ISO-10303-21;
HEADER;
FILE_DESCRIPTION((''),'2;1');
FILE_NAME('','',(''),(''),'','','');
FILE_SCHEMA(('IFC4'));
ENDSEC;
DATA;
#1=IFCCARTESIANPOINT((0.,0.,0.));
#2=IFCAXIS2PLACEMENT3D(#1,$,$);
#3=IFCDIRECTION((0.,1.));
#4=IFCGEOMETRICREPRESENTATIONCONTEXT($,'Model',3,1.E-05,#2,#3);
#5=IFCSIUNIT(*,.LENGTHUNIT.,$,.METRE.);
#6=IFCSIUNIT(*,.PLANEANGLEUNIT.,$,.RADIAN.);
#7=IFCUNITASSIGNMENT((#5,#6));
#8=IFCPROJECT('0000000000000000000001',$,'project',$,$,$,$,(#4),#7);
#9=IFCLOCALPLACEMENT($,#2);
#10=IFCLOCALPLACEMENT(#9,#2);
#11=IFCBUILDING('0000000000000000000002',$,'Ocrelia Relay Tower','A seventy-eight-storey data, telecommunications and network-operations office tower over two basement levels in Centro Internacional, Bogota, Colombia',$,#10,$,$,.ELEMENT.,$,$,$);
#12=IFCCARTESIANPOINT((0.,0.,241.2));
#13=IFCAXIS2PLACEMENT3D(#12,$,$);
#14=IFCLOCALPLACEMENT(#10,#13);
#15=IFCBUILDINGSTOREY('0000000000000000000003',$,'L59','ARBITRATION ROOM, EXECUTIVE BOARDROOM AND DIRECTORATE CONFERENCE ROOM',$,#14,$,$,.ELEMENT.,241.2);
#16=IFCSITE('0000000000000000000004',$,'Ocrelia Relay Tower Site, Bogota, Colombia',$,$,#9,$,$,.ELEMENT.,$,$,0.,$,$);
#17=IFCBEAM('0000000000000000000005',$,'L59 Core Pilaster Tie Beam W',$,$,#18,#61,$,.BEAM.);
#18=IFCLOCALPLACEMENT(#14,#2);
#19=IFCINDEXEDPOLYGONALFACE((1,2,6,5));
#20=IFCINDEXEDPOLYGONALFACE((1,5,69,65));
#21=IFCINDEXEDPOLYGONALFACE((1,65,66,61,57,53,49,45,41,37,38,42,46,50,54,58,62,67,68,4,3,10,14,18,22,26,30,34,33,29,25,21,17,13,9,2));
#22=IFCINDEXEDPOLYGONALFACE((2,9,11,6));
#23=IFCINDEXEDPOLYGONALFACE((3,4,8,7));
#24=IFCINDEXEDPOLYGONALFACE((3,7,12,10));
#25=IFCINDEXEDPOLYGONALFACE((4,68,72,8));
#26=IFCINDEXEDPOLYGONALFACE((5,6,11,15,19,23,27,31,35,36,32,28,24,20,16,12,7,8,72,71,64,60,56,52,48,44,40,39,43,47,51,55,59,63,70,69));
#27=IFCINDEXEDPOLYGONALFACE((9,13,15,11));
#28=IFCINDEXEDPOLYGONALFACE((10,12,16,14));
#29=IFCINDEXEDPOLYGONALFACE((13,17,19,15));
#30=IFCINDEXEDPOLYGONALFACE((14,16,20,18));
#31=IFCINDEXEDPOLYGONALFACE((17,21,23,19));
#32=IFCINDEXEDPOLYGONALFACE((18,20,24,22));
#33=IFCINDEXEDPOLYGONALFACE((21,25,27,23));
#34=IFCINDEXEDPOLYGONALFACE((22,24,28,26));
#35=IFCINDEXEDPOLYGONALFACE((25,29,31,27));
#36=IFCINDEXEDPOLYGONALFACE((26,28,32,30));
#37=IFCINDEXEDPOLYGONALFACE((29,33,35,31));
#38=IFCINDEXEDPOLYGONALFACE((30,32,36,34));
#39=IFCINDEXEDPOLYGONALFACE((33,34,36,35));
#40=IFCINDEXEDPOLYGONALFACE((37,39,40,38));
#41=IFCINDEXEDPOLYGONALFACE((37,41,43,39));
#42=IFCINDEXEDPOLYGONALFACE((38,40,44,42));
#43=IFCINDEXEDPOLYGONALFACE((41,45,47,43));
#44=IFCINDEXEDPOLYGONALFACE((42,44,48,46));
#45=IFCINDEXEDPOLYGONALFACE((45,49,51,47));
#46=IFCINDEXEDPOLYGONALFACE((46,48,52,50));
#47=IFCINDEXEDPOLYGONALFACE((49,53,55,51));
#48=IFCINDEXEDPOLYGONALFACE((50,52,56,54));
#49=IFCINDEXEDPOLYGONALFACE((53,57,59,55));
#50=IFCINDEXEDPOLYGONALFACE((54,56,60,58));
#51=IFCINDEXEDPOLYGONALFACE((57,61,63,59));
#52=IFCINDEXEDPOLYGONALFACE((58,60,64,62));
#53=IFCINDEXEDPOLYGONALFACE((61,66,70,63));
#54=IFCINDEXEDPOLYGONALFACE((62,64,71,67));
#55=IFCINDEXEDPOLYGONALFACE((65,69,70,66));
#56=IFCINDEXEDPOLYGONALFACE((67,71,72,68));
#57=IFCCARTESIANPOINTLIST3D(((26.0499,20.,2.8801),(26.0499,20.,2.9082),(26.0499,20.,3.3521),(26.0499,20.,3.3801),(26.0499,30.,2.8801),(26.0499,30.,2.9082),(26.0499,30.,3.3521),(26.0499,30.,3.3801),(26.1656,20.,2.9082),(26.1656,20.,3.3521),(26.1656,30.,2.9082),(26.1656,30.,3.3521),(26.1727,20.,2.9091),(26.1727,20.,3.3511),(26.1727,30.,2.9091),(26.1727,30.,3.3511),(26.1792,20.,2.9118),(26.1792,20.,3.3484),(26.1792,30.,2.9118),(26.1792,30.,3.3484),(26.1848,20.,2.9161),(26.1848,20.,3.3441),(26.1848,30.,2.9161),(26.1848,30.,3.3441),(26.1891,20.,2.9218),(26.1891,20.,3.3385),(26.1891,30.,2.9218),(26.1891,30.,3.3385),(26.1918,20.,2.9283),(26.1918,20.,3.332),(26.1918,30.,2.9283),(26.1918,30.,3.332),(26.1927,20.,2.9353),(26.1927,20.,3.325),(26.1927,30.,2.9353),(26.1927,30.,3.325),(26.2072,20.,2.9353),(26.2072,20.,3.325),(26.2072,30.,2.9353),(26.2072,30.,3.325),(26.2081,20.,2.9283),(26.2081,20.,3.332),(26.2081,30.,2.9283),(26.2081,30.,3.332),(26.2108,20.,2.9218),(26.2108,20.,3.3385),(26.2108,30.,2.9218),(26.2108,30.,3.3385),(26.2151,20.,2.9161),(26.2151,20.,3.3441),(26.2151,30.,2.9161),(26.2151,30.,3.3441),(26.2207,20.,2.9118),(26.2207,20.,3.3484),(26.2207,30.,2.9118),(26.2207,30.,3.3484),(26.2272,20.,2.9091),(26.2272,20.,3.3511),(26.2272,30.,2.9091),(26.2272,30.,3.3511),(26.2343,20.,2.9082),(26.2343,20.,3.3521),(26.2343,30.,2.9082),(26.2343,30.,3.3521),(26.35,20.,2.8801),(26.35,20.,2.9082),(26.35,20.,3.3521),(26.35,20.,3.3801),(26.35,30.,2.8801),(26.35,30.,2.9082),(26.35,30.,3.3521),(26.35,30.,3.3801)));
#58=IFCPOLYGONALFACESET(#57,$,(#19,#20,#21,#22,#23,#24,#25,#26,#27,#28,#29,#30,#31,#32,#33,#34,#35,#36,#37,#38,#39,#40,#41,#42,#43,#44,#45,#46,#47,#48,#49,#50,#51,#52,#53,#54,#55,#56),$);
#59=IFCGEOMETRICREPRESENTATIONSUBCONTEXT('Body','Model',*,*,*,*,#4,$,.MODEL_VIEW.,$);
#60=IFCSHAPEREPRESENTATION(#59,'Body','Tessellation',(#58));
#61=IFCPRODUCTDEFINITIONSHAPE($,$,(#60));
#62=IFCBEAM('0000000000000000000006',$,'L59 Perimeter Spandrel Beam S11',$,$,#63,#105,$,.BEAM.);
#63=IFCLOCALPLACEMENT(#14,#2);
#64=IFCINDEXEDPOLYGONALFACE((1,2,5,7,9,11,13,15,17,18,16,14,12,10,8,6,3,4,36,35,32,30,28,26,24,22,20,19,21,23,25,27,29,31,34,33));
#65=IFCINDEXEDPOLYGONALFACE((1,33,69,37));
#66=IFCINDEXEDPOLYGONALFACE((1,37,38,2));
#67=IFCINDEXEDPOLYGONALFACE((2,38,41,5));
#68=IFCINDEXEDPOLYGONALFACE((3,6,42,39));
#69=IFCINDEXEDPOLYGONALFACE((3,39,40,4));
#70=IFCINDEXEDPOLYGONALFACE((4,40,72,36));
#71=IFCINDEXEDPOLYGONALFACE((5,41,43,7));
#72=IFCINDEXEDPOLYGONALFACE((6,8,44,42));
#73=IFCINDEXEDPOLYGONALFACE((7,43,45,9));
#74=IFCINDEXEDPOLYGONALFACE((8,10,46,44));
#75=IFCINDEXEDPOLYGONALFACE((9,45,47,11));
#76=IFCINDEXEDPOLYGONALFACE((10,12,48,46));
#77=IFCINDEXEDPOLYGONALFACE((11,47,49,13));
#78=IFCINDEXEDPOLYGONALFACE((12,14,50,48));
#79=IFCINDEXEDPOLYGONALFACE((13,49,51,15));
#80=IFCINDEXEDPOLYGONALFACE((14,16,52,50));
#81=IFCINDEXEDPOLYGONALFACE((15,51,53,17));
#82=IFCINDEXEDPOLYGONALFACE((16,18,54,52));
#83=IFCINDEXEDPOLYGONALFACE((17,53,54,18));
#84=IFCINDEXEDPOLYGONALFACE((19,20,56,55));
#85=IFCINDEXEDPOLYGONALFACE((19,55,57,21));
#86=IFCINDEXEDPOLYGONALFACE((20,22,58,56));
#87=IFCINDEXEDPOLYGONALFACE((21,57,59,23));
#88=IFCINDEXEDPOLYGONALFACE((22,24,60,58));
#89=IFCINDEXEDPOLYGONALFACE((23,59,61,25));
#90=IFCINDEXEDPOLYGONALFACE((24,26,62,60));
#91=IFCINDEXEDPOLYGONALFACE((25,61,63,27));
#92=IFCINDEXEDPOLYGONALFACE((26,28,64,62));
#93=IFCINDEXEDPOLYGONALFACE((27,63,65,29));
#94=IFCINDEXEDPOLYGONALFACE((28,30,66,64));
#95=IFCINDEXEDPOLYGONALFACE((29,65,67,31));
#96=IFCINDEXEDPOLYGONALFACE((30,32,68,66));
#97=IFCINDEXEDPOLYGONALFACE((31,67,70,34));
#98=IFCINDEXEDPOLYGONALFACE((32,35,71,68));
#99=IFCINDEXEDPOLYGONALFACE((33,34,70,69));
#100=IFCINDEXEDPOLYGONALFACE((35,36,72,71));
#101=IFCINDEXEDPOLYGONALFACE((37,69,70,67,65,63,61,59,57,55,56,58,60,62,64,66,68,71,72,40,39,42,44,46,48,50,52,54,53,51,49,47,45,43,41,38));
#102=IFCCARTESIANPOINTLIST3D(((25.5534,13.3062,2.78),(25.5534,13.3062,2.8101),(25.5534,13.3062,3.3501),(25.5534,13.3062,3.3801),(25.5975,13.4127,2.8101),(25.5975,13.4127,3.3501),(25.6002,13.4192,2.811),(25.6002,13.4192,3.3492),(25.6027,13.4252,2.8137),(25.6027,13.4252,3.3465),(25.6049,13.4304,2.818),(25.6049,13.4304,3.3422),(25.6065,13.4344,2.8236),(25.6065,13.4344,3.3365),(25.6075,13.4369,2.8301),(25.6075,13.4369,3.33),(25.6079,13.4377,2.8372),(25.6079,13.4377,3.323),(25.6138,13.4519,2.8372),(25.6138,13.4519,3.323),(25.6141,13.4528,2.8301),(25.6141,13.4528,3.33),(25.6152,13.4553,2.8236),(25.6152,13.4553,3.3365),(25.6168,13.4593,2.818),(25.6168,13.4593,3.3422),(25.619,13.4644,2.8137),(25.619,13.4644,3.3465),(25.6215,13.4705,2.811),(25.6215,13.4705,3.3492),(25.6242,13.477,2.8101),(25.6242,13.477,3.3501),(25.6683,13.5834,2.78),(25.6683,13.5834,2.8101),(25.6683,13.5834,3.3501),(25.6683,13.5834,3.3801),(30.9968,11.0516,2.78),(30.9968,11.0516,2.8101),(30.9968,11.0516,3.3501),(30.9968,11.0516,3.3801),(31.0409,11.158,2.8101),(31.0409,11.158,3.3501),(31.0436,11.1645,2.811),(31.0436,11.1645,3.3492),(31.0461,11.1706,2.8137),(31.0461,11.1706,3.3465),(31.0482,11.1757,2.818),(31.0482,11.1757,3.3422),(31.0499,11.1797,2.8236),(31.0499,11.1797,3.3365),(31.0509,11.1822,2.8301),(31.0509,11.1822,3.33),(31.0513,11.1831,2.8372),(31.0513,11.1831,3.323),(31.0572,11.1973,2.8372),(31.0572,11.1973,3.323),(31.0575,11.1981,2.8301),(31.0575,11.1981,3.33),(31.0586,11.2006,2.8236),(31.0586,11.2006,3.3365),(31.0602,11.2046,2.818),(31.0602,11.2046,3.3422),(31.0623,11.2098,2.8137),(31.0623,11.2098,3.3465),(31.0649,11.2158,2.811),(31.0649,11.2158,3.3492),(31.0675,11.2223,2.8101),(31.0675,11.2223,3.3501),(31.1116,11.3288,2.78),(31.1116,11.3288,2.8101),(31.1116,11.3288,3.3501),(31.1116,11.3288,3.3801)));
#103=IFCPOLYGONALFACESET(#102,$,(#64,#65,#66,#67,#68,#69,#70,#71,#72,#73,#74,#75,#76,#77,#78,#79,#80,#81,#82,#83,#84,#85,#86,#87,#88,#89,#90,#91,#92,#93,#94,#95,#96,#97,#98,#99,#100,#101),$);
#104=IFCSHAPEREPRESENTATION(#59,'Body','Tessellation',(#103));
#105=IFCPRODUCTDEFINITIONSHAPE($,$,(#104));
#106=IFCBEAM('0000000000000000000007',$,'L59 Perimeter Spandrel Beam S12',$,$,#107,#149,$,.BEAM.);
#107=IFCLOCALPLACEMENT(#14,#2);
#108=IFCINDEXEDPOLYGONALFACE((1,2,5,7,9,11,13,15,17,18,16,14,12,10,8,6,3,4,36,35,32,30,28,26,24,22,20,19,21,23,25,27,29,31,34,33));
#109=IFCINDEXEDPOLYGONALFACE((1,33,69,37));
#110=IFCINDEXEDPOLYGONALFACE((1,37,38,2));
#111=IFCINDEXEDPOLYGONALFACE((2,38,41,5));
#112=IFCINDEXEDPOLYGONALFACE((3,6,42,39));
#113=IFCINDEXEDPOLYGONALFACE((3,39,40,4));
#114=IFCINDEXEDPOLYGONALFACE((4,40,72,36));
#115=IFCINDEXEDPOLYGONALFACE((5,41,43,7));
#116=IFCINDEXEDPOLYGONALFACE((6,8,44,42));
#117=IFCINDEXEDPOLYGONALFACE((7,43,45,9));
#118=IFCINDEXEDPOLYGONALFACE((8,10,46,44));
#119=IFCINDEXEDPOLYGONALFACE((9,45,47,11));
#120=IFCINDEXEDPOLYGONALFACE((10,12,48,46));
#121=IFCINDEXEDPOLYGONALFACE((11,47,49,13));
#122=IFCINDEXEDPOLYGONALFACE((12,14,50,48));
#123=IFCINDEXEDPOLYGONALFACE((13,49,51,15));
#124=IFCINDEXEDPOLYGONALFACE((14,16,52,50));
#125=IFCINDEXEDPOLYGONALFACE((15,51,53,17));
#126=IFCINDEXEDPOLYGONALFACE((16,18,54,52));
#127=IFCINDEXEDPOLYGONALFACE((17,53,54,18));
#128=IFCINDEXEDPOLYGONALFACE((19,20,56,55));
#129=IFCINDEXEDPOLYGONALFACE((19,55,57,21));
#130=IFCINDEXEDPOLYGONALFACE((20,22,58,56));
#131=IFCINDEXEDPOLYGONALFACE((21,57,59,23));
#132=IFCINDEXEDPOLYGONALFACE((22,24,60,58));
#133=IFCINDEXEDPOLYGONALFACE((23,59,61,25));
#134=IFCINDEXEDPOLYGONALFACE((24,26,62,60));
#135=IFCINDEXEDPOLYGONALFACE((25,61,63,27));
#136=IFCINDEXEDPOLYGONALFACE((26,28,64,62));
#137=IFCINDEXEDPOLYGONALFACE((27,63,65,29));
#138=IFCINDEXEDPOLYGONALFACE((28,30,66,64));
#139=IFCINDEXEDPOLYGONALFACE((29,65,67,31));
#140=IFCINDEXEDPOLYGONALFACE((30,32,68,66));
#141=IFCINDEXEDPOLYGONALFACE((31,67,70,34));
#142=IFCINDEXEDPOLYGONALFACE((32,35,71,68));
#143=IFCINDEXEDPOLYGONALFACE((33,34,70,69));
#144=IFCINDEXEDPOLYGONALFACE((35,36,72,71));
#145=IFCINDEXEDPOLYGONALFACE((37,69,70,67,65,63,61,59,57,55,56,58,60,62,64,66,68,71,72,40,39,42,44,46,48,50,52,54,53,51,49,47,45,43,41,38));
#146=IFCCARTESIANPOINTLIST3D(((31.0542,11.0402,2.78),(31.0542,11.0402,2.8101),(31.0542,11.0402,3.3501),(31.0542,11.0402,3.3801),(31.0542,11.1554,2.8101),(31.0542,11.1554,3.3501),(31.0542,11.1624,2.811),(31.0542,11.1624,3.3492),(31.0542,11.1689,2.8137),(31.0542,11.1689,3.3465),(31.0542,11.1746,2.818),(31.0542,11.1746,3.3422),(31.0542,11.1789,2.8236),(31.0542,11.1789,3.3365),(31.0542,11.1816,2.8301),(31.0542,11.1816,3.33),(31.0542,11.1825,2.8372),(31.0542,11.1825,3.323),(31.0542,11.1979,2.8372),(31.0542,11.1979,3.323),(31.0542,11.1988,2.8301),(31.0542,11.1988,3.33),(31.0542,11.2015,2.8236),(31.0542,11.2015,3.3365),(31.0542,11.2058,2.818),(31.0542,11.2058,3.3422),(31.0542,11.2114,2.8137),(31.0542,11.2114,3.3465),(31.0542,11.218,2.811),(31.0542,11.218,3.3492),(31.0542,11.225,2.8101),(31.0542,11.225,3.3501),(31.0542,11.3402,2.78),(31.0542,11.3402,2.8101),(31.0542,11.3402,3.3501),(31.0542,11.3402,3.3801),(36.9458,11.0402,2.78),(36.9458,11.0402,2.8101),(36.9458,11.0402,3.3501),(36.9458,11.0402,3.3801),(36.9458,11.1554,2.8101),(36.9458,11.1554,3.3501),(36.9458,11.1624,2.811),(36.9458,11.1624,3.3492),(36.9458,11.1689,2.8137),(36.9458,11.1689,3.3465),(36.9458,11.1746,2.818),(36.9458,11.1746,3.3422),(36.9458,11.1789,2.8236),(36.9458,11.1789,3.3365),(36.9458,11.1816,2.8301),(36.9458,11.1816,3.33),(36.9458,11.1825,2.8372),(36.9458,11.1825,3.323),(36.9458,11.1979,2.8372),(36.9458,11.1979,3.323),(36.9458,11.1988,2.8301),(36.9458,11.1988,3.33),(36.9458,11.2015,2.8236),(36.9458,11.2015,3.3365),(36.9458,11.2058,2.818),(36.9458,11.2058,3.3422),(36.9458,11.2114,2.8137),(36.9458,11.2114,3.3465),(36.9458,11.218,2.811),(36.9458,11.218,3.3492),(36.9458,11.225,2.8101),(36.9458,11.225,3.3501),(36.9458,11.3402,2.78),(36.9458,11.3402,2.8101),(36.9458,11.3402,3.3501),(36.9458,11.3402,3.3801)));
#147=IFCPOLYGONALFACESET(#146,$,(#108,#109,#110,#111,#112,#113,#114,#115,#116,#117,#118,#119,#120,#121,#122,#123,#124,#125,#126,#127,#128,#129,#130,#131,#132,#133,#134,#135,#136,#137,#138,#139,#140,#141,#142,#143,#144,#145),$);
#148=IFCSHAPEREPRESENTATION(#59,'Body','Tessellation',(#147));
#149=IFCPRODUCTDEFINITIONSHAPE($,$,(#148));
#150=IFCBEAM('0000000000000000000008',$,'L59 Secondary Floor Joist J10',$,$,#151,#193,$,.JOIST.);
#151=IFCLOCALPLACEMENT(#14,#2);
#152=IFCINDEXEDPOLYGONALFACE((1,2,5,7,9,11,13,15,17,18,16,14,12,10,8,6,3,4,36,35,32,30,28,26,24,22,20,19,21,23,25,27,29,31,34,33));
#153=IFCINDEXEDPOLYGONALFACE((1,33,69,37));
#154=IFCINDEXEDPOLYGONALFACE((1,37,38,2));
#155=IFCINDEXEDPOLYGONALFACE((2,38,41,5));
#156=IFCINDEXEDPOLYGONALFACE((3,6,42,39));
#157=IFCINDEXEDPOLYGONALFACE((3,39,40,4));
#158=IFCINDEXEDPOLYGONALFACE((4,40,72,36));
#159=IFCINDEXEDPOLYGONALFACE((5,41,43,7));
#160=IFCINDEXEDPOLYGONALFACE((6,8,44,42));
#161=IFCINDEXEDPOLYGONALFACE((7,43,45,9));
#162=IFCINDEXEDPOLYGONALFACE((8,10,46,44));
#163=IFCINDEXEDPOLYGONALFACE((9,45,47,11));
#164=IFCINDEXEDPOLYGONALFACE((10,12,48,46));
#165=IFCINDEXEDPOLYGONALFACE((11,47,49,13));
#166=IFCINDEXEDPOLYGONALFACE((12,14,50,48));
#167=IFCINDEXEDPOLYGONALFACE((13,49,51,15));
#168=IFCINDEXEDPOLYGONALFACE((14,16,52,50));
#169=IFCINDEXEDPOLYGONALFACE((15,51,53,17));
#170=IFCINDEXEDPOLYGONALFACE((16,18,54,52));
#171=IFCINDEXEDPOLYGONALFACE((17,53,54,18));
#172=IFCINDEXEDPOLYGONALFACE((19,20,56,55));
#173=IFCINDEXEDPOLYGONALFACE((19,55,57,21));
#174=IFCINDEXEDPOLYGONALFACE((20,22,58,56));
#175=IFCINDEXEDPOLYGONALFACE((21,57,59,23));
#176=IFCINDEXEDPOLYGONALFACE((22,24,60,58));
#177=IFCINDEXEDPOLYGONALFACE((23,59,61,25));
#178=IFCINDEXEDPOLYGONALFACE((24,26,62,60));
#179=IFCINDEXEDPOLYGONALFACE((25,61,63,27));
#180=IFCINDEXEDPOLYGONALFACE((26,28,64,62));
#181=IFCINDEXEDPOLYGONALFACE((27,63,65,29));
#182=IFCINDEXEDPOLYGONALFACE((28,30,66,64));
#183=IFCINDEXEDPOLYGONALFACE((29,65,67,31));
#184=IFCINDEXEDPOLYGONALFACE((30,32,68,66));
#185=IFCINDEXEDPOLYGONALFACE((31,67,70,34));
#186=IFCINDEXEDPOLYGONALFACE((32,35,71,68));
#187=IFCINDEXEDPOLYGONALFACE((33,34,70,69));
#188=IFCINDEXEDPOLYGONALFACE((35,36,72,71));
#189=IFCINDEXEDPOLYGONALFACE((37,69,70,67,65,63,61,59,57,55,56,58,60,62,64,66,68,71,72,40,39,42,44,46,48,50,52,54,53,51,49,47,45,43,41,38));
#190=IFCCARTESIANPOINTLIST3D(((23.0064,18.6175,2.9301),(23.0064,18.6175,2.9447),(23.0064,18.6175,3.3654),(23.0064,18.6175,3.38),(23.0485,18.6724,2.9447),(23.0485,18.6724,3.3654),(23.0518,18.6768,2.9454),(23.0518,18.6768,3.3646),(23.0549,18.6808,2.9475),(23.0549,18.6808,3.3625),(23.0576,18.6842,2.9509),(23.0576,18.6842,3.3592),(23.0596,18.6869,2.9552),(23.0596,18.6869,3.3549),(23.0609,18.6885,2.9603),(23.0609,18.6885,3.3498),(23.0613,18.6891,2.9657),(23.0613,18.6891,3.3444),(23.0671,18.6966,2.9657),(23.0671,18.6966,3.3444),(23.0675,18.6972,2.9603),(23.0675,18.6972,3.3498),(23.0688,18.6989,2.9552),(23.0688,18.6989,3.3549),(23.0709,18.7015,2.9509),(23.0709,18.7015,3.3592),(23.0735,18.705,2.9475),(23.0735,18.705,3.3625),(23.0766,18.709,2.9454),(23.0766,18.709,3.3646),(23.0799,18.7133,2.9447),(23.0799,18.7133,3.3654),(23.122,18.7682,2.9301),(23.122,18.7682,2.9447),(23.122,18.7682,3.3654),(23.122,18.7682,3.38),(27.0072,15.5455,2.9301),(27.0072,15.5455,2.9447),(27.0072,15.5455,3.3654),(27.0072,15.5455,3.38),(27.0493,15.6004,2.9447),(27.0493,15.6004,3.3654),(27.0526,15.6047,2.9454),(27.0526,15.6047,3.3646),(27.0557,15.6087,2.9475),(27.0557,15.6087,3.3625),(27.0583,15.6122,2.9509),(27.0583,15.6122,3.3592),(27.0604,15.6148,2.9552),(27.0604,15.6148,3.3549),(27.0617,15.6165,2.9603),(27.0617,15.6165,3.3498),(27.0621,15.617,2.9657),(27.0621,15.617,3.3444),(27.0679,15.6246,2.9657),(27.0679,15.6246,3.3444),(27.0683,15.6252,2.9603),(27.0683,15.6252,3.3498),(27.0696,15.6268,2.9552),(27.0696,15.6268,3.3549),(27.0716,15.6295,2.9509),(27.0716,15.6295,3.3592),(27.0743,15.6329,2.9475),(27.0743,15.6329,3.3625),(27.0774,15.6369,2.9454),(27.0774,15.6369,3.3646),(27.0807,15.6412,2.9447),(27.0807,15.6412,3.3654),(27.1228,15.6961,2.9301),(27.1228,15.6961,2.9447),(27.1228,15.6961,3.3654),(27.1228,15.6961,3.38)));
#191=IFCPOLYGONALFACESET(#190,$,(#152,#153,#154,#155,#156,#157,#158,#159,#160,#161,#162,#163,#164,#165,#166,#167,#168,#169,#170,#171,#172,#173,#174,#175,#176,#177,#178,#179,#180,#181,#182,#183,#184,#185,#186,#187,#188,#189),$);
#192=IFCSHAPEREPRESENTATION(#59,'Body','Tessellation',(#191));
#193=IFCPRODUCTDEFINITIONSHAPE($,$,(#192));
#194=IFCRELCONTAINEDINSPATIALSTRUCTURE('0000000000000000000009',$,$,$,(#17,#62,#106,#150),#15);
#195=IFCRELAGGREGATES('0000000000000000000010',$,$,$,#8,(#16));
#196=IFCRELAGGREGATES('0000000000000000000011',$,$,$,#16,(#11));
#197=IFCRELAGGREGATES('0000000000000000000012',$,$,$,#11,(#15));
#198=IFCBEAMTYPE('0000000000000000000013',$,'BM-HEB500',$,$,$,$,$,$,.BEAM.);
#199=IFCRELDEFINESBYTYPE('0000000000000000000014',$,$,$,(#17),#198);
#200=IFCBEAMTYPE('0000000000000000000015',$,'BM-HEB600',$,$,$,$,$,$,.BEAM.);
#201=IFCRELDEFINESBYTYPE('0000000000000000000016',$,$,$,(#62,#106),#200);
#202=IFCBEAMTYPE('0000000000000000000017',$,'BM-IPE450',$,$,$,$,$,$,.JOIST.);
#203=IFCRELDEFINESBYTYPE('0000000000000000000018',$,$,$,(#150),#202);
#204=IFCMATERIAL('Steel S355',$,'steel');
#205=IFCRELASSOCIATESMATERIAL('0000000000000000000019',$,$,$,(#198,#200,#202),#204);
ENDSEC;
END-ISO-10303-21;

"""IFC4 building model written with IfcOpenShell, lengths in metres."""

from ifc_helpers import new_model, si_unit, direction, frame, origin, origin_2d, place, context, subcontext, project, spatial, i_section, extrude, material, material_profile, profile_set, type_object, element, save


model = new_model("IFC4")

# Units and contexts
model_context = context("Model", 3, precision=1e-05, world=origin(), true_north=direction((0.0, 1.0)))
body_context = subcontext(model_context, "Body", "Model", "MODEL_VIEW")
ifc_project = project(units=[si_unit("LENGTHUNIT", "METRE"), si_unit("PLANEANGLEUNIT", "RADIAN")], contexts=[model_context])

# Site, building, storey
site_placement = place(None, origin())
site = spatial("IfcSite", under=ifc_project, at=site_placement, Name="Ocrelia Relay Tower Site, Bogota, Colombia", CompositionType="ELEMENT", RefElevation=0.0)
building_placement = place(site_placement, origin())
building = spatial("IfcBuilding", under=site, at=building_placement, Name="Ocrelia Relay Tower", Description="A seventy-eight-storey data, telecommunications and network-operations office tower over two basement levels in Centro Internacional, Bogota, Colombia", CompositionType="ELEMENT")
storey_placement = place(building_placement, frame((0.0, 0.0, 241.2)))
storey = spatial("IfcBuildingStorey", under=building, at=storey_placement, Name="L59", Description="ARBITRATION ROOM, EXECUTIVE BOARDROOM AND DIRECTORATE CONFERENCE ROOM", CompositionType="ELEMENT", Elevation=241.2)

# Beams
ifc_material_1 = material(Name="Steel S355", Category="steel")
ifc_material_profile_1 = material_profile(ifc_material_1, i_section(OverallWidth=0.3, OverallDepth=0.5, WebThickness=0.0144, FlangeThickness=0.0281, FilletRadius=0.0271, at=origin_2d()), Name="HEB 500")
ifc_profile_set_1 = profile_set([ifc_material_profile_1], Name="Steel S355")
beam_type_1 = type_object("IfcBeamType", Name="BM-HEB500", PredefinedType="BEAM", material=ifc_profile_set_1)
beam_1_placement = place(storey_placement, frame((26.2, 20.0, 3.1301), z_axis=(0.0, 1.0, 0.0), x_axis=(-1.0, 0.0, 0.0)))
element("IfcBeam", 1, at=beam_1_placement, inside=storey, type_object=beam_type_1, Name="L59 Core Pilaster Tie Beam W", PredefinedType="BEAM", context=body_context, shape_type="SweptSolid", body=[
    extrude(i_section(OverallWidth=0.3, OverallDepth=0.5, WebThickness=0.0144, FlangeThickness=0.0281, FilletRadius=0.0271, at=origin_2d()), origin(), (0.0, 0.0, 1.0), 10.0),
])
ifc_material_profile_2 = material_profile(ifc_material_1, i_section(OverallWidth=0.3, OverallDepth=0.6001, WebThickness=0.0154, FlangeThickness=0.03, FilletRadius=0.0271, at=origin_2d()), Name="HEB 600")
ifc_profile_set_2 = profile_set([ifc_material_profile_2], Name="Steel S355")
beam_type_2 = type_object("IfcBeamType", Name="BM-HEB600", PredefinedType="BEAM", material=ifc_profile_set_2)
beam_2_placement = place(storey_placement, frame((25.6108, 13.4448, 3.0801), z_axis=(0.923884, -0.382673, 0.0), x_axis=(0.382673, 0.923884, 0.0)))
element("IfcBeam", 2, at=beam_2_placement, inside=storey, type_object=beam_type_2, Name="L59 Perimeter Spandrel Beam S11", PredefinedType="BEAM", context=body_context, shape_type="SweptSolid", body=[
    extrude(i_section(OverallWidth=0.3, OverallDepth=0.6001, WebThickness=0.0154, FlangeThickness=0.03, FilletRadius=0.0271, at=origin_2d()), origin(), (0.0, 0.0, 1.0), 5.8918),
])
beam_3_placement = place(storey_placement, frame((31.0542, 11.1902, 3.0801), z_axis=(1.0, 0.0, 0.0), x_axis=(0.0, 1.0, 0.0)))
element("IfcBeam", 3, at=beam_3_placement, inside=storey, type_object=beam_type_2, Name="L59 Perimeter Spandrel Beam S12", PredefinedType="BEAM", context=body_context, shape_type="SweptSolid", body=[
    extrude(i_section(OverallWidth=0.3, OverallDepth=0.6001, WebThickness=0.0154, FlangeThickness=0.03, FilletRadius=0.0271, at=origin_2d()), origin(), (0.0, 0.0, 1.0), 5.8916),
])
ifc_material_profile_3 = material_profile(ifc_material_1, i_section(OverallWidth=0.1899, OverallDepth=0.45, WebThickness=0.0095, FlangeThickness=0.0146, FilletRadius=0.021, at=origin_2d()), Name="IPE 450")
ifc_profile_set_3 = profile_set([ifc_material_profile_3], Name="Steel S355")
beam_type_3 = type_object("IfcBeamType", Name="BM-IPE450", PredefinedType="JOIST", material=ifc_profile_set_3)
beam_4_placement = place(storey_placement, frame((23.0642, 18.6929, 3.155), z_axis=(0.793147, -0.60903, 0.0), x_axis=(0.60903, 0.793147, 0.0)))
element("IfcBeam", 4, at=beam_4_placement, inside=storey, type_object=beam_type_3, Name="L59 Secondary Floor Joist J10", PredefinedType="JOIST", context=body_context, shape_type="SweptSolid", body=[
    extrude(i_section(OverallWidth=0.1899, OverallDepth=0.45, WebThickness=0.0095, FlangeThickness=0.0146, FilletRadius=0.021, at=origin_2d()), origin(), (0.0, 0.0, 1.0), 5.0442),
])

save(model, "model.ifc")
